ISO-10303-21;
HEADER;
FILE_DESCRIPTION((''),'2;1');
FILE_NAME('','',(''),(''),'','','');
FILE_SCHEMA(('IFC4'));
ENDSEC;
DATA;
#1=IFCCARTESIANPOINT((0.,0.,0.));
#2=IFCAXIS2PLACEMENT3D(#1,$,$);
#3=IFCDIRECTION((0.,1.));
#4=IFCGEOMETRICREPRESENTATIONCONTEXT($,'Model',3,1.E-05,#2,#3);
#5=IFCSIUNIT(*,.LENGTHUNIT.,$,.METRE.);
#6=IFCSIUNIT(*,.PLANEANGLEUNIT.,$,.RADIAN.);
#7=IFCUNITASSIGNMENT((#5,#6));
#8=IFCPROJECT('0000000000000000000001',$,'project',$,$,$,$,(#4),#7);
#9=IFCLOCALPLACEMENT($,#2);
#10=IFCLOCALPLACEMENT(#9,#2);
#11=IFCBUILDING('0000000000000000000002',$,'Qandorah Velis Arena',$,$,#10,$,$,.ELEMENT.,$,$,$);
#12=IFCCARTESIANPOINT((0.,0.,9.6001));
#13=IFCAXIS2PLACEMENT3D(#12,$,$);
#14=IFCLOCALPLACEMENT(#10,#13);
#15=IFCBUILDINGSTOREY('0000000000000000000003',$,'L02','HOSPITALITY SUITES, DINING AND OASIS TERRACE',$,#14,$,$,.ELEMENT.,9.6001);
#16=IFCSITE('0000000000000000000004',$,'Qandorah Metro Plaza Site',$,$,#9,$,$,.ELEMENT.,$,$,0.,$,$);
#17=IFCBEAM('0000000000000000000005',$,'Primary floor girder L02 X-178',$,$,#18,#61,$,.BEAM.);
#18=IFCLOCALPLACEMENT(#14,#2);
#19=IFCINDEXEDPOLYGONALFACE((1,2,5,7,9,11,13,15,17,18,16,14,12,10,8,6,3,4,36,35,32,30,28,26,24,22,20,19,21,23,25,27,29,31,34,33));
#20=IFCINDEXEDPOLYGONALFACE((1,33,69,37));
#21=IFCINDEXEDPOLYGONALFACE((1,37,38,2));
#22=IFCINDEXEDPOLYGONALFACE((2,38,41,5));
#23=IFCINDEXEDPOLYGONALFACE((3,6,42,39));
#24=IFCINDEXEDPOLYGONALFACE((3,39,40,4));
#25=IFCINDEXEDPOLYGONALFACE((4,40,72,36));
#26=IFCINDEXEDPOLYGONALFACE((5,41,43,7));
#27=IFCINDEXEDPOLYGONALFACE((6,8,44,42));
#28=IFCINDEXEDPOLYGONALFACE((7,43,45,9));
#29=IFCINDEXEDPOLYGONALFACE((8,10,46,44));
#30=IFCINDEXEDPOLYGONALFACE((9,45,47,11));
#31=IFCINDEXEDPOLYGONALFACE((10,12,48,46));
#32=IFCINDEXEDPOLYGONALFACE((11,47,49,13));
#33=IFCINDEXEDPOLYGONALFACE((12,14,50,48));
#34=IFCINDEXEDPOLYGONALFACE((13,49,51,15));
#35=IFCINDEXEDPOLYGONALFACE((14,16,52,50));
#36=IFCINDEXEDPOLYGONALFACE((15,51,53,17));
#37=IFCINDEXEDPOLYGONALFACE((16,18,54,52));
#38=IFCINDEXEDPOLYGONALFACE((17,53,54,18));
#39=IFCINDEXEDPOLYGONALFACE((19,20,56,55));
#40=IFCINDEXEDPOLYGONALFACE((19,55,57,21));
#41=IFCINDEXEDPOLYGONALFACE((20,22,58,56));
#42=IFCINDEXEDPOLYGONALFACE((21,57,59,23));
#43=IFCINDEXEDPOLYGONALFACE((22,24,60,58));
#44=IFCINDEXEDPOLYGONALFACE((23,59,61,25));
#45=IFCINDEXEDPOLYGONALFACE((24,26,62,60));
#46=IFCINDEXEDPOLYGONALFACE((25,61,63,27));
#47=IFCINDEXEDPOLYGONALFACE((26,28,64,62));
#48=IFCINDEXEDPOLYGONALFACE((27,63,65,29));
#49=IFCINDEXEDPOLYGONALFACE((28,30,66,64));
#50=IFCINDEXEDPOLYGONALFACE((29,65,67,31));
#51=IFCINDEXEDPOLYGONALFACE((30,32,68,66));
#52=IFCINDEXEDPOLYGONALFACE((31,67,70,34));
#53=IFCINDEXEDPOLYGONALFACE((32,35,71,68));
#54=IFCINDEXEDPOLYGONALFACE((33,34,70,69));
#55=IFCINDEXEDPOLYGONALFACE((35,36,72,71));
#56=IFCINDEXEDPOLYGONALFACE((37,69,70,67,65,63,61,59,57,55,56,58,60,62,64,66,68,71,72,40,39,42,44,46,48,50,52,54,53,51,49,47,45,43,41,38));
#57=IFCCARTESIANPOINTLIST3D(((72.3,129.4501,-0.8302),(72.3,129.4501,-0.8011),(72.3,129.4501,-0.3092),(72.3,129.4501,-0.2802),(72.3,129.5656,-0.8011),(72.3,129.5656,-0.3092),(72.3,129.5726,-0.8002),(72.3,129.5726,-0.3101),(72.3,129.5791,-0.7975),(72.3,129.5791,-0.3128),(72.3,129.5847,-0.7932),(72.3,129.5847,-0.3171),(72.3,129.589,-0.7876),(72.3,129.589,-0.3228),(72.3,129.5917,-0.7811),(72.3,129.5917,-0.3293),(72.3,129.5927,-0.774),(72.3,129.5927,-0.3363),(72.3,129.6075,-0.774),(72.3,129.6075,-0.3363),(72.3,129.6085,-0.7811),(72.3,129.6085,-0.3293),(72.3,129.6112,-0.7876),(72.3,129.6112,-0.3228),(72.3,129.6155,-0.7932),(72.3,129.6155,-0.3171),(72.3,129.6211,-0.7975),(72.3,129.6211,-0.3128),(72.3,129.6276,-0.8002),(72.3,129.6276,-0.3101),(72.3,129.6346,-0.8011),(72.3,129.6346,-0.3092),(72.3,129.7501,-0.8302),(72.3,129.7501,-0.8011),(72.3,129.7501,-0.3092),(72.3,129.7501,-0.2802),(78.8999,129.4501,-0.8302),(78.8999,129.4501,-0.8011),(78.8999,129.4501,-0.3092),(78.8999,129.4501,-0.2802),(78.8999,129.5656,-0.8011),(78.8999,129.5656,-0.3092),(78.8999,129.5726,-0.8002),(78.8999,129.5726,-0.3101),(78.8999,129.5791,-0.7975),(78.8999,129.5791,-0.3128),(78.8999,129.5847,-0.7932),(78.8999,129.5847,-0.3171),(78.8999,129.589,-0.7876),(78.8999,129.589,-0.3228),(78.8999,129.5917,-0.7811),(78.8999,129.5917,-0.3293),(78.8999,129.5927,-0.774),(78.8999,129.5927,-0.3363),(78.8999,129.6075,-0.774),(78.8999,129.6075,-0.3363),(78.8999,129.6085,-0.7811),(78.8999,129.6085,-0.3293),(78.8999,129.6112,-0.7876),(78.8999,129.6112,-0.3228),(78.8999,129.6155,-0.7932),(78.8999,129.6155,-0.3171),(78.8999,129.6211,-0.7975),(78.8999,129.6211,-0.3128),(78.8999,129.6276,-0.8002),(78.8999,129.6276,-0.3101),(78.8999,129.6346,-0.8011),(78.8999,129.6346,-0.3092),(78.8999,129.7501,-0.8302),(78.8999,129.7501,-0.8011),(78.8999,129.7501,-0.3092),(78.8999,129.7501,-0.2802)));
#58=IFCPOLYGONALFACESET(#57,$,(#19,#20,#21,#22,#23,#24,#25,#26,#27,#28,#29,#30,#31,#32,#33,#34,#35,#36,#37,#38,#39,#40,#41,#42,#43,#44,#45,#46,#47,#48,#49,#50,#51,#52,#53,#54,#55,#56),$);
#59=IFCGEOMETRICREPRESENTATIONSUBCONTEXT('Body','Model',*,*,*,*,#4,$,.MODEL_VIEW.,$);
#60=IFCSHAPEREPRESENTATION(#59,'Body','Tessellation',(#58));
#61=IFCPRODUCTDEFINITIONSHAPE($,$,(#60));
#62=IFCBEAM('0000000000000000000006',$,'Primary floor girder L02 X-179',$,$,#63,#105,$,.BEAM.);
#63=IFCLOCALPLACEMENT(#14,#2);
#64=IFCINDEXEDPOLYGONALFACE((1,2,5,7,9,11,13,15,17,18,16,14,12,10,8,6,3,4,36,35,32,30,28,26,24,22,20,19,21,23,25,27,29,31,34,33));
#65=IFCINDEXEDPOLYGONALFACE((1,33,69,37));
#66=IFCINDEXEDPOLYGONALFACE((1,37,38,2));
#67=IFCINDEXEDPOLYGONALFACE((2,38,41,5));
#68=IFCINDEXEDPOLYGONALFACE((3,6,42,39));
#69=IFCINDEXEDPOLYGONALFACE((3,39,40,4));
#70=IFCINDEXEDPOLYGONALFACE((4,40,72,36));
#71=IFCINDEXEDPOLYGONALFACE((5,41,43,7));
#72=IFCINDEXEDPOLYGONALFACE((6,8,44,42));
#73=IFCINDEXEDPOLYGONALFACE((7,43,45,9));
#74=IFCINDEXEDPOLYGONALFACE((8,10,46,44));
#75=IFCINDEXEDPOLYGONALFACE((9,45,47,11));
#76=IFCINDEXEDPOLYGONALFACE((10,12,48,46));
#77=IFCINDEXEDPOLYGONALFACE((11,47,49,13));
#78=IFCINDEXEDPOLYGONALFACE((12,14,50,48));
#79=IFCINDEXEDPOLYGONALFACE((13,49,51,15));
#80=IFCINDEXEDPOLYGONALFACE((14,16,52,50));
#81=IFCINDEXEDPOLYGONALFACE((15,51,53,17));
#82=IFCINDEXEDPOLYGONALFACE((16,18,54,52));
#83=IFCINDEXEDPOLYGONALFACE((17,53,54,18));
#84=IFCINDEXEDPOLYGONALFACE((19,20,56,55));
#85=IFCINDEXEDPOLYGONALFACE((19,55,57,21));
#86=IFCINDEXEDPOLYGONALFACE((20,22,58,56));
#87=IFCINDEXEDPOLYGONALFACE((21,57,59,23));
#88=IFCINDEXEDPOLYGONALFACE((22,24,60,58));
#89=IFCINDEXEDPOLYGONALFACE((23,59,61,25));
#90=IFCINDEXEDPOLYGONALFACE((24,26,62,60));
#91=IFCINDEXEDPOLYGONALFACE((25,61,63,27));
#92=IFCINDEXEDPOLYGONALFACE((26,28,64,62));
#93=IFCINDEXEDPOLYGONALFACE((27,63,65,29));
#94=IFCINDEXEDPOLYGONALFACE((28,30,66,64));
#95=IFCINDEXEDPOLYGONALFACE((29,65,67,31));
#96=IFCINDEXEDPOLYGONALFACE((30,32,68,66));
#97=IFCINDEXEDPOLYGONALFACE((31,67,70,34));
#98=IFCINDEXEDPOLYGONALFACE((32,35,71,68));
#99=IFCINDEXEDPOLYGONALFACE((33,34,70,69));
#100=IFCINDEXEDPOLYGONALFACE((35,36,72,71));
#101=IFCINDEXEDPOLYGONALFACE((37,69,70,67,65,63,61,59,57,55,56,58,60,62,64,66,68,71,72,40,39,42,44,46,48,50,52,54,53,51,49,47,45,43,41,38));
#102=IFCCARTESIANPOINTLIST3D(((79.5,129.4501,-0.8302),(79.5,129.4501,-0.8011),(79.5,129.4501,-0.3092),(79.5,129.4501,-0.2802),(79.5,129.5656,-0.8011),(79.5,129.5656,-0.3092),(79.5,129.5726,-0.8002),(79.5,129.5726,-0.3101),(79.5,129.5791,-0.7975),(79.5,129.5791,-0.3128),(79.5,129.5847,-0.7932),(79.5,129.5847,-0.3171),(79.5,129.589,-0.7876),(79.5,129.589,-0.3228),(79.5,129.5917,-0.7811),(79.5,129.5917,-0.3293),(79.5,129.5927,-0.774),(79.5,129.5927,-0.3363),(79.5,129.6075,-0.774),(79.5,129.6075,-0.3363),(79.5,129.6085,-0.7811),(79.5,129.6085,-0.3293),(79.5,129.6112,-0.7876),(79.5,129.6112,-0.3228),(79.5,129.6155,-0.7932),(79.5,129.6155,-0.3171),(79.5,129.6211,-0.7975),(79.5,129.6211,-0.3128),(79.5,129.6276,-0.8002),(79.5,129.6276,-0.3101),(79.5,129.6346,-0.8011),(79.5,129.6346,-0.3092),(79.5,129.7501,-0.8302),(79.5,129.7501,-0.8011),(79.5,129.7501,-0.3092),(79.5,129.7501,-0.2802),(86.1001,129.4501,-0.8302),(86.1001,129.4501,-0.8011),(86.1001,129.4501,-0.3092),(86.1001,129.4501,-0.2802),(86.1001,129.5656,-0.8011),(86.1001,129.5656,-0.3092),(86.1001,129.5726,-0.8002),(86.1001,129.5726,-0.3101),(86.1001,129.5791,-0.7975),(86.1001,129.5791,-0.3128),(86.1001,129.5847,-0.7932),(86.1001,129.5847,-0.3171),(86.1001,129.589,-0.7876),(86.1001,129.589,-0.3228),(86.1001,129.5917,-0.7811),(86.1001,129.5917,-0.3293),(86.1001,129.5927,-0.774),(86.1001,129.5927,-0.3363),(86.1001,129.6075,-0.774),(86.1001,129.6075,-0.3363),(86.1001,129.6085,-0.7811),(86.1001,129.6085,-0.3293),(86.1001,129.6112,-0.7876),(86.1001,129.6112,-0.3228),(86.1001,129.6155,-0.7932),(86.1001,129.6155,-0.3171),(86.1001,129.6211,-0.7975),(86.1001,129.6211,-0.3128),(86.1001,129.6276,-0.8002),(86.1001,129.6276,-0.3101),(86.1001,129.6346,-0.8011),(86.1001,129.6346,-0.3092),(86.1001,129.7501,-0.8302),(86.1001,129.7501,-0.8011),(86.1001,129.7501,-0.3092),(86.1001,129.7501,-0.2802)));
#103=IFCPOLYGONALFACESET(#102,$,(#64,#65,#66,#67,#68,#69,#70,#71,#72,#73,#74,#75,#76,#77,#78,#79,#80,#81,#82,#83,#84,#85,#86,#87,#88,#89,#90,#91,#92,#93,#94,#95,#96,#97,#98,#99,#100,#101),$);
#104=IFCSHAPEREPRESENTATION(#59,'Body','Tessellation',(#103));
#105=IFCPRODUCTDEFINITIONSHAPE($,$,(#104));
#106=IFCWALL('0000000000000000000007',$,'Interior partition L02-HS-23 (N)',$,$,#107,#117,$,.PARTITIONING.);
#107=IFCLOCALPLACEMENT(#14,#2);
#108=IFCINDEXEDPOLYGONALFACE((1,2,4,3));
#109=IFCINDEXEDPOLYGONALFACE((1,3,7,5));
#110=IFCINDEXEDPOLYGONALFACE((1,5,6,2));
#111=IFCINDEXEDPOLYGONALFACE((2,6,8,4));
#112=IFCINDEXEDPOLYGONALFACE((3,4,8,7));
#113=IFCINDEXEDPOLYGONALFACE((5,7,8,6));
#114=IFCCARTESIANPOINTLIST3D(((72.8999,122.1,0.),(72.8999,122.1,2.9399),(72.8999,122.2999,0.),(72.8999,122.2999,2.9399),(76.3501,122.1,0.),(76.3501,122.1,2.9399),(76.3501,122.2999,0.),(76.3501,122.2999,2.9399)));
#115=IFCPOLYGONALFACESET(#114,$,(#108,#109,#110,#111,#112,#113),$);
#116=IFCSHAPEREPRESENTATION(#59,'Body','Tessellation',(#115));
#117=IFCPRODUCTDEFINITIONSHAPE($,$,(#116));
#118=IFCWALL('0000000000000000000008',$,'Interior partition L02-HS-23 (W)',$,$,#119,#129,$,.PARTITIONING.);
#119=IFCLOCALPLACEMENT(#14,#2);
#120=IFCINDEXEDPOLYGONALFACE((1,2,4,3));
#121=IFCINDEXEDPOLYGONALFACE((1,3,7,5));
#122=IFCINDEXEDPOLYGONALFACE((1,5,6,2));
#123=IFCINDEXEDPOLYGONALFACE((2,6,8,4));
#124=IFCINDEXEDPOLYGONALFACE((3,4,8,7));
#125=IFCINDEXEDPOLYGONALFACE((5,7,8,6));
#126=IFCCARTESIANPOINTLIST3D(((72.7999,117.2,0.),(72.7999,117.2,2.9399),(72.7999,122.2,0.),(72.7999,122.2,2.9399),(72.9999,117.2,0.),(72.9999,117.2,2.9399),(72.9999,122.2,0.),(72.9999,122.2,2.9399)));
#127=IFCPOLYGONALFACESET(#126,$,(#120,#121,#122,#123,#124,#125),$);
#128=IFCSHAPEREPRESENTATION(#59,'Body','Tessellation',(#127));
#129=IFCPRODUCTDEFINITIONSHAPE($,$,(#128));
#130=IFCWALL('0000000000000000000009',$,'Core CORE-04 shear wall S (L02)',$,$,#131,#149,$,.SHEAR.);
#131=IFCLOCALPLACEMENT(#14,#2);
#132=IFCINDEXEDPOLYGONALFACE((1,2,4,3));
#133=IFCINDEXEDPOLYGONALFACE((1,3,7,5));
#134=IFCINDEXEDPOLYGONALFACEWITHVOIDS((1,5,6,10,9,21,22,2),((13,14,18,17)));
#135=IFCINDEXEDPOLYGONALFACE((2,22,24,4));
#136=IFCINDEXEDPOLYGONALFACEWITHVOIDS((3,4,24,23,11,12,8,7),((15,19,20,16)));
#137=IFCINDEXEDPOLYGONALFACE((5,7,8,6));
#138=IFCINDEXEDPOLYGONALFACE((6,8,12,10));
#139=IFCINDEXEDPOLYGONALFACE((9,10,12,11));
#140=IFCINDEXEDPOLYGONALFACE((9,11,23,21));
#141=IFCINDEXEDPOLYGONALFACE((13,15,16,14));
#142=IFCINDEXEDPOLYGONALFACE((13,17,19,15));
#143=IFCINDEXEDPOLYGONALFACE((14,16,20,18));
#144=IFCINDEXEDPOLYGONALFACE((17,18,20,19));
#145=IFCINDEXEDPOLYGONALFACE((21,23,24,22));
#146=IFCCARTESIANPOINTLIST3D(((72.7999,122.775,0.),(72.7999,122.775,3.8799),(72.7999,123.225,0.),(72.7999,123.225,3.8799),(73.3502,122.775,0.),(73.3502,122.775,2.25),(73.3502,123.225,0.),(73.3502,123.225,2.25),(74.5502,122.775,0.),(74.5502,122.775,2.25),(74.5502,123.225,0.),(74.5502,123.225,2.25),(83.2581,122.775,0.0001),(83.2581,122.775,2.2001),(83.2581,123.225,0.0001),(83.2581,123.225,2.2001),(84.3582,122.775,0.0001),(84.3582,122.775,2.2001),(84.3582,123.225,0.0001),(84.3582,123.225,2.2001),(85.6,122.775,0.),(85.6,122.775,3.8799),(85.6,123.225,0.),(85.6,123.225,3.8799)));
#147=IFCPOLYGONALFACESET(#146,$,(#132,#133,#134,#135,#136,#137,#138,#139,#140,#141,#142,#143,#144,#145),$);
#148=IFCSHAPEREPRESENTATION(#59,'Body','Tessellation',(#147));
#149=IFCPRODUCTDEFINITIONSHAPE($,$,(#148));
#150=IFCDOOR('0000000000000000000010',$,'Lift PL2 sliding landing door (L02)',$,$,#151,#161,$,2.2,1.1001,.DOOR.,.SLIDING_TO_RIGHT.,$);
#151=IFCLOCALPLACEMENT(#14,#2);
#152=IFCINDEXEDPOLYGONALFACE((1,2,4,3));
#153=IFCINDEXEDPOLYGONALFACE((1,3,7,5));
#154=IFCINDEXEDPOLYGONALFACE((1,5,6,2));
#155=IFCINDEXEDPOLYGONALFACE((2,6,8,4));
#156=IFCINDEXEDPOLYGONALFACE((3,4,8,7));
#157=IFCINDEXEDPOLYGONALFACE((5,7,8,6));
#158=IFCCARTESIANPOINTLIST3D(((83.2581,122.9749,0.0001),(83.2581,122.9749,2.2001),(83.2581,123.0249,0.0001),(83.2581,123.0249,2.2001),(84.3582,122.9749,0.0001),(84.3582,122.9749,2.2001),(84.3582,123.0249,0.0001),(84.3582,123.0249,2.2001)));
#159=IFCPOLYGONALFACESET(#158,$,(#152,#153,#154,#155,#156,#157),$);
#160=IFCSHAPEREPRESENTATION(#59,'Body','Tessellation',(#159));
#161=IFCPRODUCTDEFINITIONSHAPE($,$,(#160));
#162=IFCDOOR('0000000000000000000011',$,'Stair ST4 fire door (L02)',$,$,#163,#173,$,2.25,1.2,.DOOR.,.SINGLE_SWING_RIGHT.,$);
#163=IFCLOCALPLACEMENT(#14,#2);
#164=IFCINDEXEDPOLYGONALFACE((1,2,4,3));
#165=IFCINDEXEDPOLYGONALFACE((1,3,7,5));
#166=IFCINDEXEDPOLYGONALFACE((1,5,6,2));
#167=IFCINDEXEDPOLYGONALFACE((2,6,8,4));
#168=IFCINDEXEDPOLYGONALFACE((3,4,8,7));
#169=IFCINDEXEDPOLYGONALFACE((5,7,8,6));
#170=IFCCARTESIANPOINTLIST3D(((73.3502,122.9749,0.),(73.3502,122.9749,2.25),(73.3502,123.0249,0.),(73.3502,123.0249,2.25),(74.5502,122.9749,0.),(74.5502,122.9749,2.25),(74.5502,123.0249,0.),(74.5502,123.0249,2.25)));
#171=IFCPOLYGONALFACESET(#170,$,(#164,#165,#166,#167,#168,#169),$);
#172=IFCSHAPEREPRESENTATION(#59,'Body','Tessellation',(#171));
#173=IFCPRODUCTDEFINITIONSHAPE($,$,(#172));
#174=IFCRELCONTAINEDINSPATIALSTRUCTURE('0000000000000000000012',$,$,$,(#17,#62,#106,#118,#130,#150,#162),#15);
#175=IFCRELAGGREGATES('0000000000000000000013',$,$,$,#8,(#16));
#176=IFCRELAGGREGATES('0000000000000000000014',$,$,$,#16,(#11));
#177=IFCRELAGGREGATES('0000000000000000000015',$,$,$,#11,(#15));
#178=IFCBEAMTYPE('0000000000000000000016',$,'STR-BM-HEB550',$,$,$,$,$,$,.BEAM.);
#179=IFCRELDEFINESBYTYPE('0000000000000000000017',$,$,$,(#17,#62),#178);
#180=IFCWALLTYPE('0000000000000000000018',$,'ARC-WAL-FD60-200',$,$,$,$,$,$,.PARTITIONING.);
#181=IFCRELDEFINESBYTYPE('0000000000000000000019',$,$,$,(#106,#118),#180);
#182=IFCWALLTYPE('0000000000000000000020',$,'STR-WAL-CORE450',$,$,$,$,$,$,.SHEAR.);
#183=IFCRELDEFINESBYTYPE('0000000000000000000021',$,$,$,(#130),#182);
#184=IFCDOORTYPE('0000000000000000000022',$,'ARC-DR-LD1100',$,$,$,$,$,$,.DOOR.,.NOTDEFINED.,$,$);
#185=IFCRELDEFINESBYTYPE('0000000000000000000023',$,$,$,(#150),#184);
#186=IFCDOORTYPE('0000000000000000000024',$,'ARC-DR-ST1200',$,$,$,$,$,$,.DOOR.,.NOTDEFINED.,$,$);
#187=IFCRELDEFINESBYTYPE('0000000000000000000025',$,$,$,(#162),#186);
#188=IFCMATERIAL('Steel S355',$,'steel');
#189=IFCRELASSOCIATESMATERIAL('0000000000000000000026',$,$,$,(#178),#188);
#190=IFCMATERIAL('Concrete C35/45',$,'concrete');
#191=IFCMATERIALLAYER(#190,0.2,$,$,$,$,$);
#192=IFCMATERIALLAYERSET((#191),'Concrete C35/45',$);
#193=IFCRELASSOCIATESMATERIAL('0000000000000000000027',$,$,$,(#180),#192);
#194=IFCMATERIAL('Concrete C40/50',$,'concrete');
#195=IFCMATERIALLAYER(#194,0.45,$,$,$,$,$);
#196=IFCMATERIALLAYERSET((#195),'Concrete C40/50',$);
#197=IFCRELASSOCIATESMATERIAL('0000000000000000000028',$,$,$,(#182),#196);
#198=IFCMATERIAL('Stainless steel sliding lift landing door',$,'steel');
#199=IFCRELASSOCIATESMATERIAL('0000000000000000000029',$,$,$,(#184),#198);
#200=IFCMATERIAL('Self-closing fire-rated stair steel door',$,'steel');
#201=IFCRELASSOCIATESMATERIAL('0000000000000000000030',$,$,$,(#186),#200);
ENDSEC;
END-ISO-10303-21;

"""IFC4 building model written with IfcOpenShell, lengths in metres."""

from ifc_helpers import new_model, si_unit, direction, frame, frame_2d, origin, origin_2d, place, context, subcontext, project, spatial, rectangle, i_section, extrude, material, layer, layer_set, material_profile, profile_set, type_object, element, fill, save


model = new_model("IFC4")

# Units and contexts
model_context = context("Model", 3, precision=1e-05, world=origin(), true_north=direction((0.0, 1.0)))
body_context = subcontext(model_context, "Body", "Model", "MODEL_VIEW")
ifc_project = project(units=[si_unit("LENGTHUNIT", "METRE"), si_unit("PLANEANGLEUNIT", "RADIAN")], contexts=[model_context])

# Site, building, storey
site_placement = place(None, origin())
site = spatial("IfcSite", under=ifc_project, at=site_placement, Name="Qandorah Metro Plaza Site", CompositionType="ELEMENT", RefElevation=0.0)
building_placement = place(site_placement, origin())
building = spatial("IfcBuilding", under=site, at=building_placement, Name="Qandorah Velis Arena", CompositionType="ELEMENT")
storey_placement = place(building_placement, frame((0.0, 0.0, 9.6001)))
storey = spatial("IfcBuildingStorey", under=building, at=storey_placement, Name="L02", Description="HOSPITALITY SUITES, DINING AND OASIS TERRACE", CompositionType="ELEMENT", Elevation=9.6001)

# Shared definitions
ifc_material_1 = material(Name="Concrete C40/50", Category="concrete")
ifc_material_2 = material(Name="Steel S355", Category="steel")

# Beams
ifc_material_profile_1 = material_profile(ifc_material_2, i_section(OverallWidth=0.3, OverallDepth=0.55, WebThickness=0.0149, FlangeThickness=0.0291, FilletRadius=0.0271, at=origin_2d()), Name="HEB 550")
ifc_profile_set_1 = profile_set([ifc_material_profile_1], Name="Steel S355")
beam_type_1 = type_object("IfcBeamType", Name="STR-BM-HEB550", PredefinedType="BEAM", material=ifc_profile_set_1)
beam_1_placement = place(storey_placement, frame((72.3, 129.6001, -0.5552), z_axis=(1.0, 0.0, 0.0), x_axis=(0.0, 1.0, 0.0)))
element("IfcBeam", 1, at=beam_1_placement, inside=storey, type_object=beam_type_1, Name="Primary floor girder L02 X-178", PredefinedType="BEAM", context=body_context, shape_type="SweptSolid", body=[
    extrude(i_section(OverallWidth=0.3, OverallDepth=0.55, WebThickness=0.0149, FlangeThickness=0.0291, FilletRadius=0.0271, at=origin_2d()), origin(), (0.0, 0.0, 1.0), 6.5999),
])
beam_2_placement = place(storey_placement, frame((79.5, 129.6001, -0.5552), z_axis=(1.0, 0.0, 0.0), x_axis=(0.0, 1.0, 0.0)))
element("IfcBeam", 2, at=beam_2_placement, inside=storey, type_object=beam_type_1, Name="Primary floor girder L02 X-179", PredefinedType="BEAM", context=body_context, shape_type="SweptSolid", body=[
    extrude(i_section(OverallWidth=0.3, OverallDepth=0.55, WebThickness=0.0149, FlangeThickness=0.0291, FilletRadius=0.0271, at=origin_2d()), origin(), (0.0, 0.0, 1.0), 6.6001),
])

# Walls
ifc_material_3 = material(Name="Concrete C35/45", Category="concrete")
ifc_layer_1 = layer(ifc_material_3, 0.2)
ifc_layer_set_1 = layer_set([ifc_layer_1], Name="Concrete C35/45")
wall_type_1 = type_object("IfcWallType", Name="ARC-WAL-FD60-200", PredefinedType="PARTITIONING", material=ifc_layer_set_1)
wall_1_placement = place(storey_placement, frame((76.3501, 122.2, 0.0), z_axis=(0.0, 0.0, 1.0), x_axis=(-1.0, 0.0, 0.0)))
element("IfcWall", 3, at=wall_1_placement, inside=storey, type_object=wall_type_1, Name="Interior partition L02-HS-23 (N)", PredefinedType="PARTITIONING", context=body_context, shape_type="SweptSolid", body=[
    extrude(rectangle(XDim=3.4502, YDim=0.2, at=frame_2d((1.7251, 0.0))), origin(), (0.0, 0.0, 1.0), 2.9399),
])
wall_2_placement = place(storey_placement, frame((72.8999, 122.2, 0.0), z_axis=(0.0, 0.0, 1.0), x_axis=(0.0, -1.0, 0.0)))
element("IfcWall", 4, at=wall_2_placement, inside=storey, type_object=wall_type_1, Name="Interior partition L02-HS-23 (W)", PredefinedType="PARTITIONING", context=body_context, shape_type="SweptSolid", body=[
    extrude(rectangle(XDim=5.0, YDim=0.2, at=frame_2d((2.5, 0.0))), origin(), (0.0, 0.0, 1.0), 2.9399),
])

# Wall, openings, doors
ifc_layer_2 = layer(ifc_material_1, 0.45)
ifc_layer_set_2 = layer_set([ifc_layer_2], Name="Concrete C40/50")
wall_type_2 = type_object("IfcWallType", Name="STR-WAL-CORE450", PredefinedType="SHEAR", material=ifc_layer_set_2)
wall_3_placement = place(storey_placement, frame((72.8, 123.0, 0.0), z_axis=(0.0, 0.0, 1.0), x_axis=(1.0, 0.0, 0.0)))
wall_3 = element("IfcWall", 5, at=wall_3_placement, inside=storey, type_object=wall_type_2, Name="Core CORE-04 shear wall S (L02)", PredefinedType="SHEAR", context=body_context, shape_type="SweptSolid", body=[
    extrude(rectangle(XDim=12.8, YDim=0.45, at=frame_2d((6.3999, 0.0))), origin(), (0.0, 0.0, 1.0), 3.8799),
])
opening_1_placement = place(wall_3_placement, frame((0.55, 0.0, 0.0)))
opening_1 = element("IfcOpeningElement", 6, at=opening_1_placement, cuts=wall_3, PredefinedType="OPENING", context=body_context, shape_type="SweptSolid", body=[
    extrude(rectangle(XDim=1.2, YDim=2.25, at=frame_2d((0.6001, 1.125))), frame((0.0, 0.2349, 0.0), z_axis=(0.0, -1.0, 0.0), x_axis=(1.0, 0.0, 0.0)), (0.0, 0.0, 1.0), 0.47),
])
opening_2_placement = place(wall_3_placement, frame((10.458, 0.0, 0.0)))
opening_2 = element("IfcOpeningElement", 7, at=opening_2_placement, cuts=wall_3, PredefinedType="OPENING", context=body_context, shape_type="SweptSolid", body=[
    extrude(rectangle(XDim=1.1001, YDim=2.2, at=frame_2d((0.55, 1.1001))), frame((0.0, 0.2349, 0.0), z_axis=(0.0, -1.0, 0.0), x_axis=(1.0, 0.0, 0.0)), (0.0, 0.0, 1.0), 0.47),
])
ifc_material_4 = material(Name="Stainless steel sliding lift landing door", Category="steel")
door_type_1 = type_object("IfcDoorType", Name="ARC-DR-LD1100", OperationType="NOTDEFINED", PredefinedType="DOOR", material=ifc_material_4)
door_1_placement = place(opening_2_placement, origin())
door_1 = element("IfcDoor", 8, at=door_1_placement, inside=storey, type_object=door_type_1, Name="Lift PL2 sliding landing door (L02)", OperationType="SLIDING_TO_RIGHT", OverallHeight=2.2, OverallWidth=1.1001, PredefinedType="DOOR", context=body_context, shape_type="SweptSolid", body=[
    extrude(rectangle(XDim=1.1001, YDim=2.2, at=frame_2d((0.55, 1.1001))), frame((0.0, 0.0249, 0.0), z_axis=(0.0, -1.0, 0.0), x_axis=(1.0, 0.0, 0.0)), (0.0, 0.0, 1.0), 0.05),
])
fill(opening_2, door_1)
ifc_material_5 = material(Name="Self-closing fire-rated stair steel door", Category="steel")
door_type_2 = type_object("IfcDoorType", Name="ARC-DR-ST1200", OperationType="NOTDEFINED", PredefinedType="DOOR", material=ifc_material_5)
door_2_placement = place(opening_1_placement, origin())
door_2 = element("IfcDoor", 9, at=door_2_placement, inside=storey, type_object=door_type_2, Name="Stair ST4 fire door (L02)", OperationType="SINGLE_SWING_RIGHT", OverallHeight=2.25, OverallWidth=1.2, PredefinedType="DOOR", context=body_context, shape_type="SweptSolid", body=[
    extrude(rectangle(XDim=1.2, YDim=2.25, at=frame_2d((0.6001, 1.125))), frame((0.0, 0.0249, 0.0), z_axis=(0.0, -1.0, 0.0), x_axis=(1.0, 0.0, 0.0)), (0.0, 0.0, 1.0), 0.05),
])
fill(opening_1, door_2)

save(model, "model.ifc")
